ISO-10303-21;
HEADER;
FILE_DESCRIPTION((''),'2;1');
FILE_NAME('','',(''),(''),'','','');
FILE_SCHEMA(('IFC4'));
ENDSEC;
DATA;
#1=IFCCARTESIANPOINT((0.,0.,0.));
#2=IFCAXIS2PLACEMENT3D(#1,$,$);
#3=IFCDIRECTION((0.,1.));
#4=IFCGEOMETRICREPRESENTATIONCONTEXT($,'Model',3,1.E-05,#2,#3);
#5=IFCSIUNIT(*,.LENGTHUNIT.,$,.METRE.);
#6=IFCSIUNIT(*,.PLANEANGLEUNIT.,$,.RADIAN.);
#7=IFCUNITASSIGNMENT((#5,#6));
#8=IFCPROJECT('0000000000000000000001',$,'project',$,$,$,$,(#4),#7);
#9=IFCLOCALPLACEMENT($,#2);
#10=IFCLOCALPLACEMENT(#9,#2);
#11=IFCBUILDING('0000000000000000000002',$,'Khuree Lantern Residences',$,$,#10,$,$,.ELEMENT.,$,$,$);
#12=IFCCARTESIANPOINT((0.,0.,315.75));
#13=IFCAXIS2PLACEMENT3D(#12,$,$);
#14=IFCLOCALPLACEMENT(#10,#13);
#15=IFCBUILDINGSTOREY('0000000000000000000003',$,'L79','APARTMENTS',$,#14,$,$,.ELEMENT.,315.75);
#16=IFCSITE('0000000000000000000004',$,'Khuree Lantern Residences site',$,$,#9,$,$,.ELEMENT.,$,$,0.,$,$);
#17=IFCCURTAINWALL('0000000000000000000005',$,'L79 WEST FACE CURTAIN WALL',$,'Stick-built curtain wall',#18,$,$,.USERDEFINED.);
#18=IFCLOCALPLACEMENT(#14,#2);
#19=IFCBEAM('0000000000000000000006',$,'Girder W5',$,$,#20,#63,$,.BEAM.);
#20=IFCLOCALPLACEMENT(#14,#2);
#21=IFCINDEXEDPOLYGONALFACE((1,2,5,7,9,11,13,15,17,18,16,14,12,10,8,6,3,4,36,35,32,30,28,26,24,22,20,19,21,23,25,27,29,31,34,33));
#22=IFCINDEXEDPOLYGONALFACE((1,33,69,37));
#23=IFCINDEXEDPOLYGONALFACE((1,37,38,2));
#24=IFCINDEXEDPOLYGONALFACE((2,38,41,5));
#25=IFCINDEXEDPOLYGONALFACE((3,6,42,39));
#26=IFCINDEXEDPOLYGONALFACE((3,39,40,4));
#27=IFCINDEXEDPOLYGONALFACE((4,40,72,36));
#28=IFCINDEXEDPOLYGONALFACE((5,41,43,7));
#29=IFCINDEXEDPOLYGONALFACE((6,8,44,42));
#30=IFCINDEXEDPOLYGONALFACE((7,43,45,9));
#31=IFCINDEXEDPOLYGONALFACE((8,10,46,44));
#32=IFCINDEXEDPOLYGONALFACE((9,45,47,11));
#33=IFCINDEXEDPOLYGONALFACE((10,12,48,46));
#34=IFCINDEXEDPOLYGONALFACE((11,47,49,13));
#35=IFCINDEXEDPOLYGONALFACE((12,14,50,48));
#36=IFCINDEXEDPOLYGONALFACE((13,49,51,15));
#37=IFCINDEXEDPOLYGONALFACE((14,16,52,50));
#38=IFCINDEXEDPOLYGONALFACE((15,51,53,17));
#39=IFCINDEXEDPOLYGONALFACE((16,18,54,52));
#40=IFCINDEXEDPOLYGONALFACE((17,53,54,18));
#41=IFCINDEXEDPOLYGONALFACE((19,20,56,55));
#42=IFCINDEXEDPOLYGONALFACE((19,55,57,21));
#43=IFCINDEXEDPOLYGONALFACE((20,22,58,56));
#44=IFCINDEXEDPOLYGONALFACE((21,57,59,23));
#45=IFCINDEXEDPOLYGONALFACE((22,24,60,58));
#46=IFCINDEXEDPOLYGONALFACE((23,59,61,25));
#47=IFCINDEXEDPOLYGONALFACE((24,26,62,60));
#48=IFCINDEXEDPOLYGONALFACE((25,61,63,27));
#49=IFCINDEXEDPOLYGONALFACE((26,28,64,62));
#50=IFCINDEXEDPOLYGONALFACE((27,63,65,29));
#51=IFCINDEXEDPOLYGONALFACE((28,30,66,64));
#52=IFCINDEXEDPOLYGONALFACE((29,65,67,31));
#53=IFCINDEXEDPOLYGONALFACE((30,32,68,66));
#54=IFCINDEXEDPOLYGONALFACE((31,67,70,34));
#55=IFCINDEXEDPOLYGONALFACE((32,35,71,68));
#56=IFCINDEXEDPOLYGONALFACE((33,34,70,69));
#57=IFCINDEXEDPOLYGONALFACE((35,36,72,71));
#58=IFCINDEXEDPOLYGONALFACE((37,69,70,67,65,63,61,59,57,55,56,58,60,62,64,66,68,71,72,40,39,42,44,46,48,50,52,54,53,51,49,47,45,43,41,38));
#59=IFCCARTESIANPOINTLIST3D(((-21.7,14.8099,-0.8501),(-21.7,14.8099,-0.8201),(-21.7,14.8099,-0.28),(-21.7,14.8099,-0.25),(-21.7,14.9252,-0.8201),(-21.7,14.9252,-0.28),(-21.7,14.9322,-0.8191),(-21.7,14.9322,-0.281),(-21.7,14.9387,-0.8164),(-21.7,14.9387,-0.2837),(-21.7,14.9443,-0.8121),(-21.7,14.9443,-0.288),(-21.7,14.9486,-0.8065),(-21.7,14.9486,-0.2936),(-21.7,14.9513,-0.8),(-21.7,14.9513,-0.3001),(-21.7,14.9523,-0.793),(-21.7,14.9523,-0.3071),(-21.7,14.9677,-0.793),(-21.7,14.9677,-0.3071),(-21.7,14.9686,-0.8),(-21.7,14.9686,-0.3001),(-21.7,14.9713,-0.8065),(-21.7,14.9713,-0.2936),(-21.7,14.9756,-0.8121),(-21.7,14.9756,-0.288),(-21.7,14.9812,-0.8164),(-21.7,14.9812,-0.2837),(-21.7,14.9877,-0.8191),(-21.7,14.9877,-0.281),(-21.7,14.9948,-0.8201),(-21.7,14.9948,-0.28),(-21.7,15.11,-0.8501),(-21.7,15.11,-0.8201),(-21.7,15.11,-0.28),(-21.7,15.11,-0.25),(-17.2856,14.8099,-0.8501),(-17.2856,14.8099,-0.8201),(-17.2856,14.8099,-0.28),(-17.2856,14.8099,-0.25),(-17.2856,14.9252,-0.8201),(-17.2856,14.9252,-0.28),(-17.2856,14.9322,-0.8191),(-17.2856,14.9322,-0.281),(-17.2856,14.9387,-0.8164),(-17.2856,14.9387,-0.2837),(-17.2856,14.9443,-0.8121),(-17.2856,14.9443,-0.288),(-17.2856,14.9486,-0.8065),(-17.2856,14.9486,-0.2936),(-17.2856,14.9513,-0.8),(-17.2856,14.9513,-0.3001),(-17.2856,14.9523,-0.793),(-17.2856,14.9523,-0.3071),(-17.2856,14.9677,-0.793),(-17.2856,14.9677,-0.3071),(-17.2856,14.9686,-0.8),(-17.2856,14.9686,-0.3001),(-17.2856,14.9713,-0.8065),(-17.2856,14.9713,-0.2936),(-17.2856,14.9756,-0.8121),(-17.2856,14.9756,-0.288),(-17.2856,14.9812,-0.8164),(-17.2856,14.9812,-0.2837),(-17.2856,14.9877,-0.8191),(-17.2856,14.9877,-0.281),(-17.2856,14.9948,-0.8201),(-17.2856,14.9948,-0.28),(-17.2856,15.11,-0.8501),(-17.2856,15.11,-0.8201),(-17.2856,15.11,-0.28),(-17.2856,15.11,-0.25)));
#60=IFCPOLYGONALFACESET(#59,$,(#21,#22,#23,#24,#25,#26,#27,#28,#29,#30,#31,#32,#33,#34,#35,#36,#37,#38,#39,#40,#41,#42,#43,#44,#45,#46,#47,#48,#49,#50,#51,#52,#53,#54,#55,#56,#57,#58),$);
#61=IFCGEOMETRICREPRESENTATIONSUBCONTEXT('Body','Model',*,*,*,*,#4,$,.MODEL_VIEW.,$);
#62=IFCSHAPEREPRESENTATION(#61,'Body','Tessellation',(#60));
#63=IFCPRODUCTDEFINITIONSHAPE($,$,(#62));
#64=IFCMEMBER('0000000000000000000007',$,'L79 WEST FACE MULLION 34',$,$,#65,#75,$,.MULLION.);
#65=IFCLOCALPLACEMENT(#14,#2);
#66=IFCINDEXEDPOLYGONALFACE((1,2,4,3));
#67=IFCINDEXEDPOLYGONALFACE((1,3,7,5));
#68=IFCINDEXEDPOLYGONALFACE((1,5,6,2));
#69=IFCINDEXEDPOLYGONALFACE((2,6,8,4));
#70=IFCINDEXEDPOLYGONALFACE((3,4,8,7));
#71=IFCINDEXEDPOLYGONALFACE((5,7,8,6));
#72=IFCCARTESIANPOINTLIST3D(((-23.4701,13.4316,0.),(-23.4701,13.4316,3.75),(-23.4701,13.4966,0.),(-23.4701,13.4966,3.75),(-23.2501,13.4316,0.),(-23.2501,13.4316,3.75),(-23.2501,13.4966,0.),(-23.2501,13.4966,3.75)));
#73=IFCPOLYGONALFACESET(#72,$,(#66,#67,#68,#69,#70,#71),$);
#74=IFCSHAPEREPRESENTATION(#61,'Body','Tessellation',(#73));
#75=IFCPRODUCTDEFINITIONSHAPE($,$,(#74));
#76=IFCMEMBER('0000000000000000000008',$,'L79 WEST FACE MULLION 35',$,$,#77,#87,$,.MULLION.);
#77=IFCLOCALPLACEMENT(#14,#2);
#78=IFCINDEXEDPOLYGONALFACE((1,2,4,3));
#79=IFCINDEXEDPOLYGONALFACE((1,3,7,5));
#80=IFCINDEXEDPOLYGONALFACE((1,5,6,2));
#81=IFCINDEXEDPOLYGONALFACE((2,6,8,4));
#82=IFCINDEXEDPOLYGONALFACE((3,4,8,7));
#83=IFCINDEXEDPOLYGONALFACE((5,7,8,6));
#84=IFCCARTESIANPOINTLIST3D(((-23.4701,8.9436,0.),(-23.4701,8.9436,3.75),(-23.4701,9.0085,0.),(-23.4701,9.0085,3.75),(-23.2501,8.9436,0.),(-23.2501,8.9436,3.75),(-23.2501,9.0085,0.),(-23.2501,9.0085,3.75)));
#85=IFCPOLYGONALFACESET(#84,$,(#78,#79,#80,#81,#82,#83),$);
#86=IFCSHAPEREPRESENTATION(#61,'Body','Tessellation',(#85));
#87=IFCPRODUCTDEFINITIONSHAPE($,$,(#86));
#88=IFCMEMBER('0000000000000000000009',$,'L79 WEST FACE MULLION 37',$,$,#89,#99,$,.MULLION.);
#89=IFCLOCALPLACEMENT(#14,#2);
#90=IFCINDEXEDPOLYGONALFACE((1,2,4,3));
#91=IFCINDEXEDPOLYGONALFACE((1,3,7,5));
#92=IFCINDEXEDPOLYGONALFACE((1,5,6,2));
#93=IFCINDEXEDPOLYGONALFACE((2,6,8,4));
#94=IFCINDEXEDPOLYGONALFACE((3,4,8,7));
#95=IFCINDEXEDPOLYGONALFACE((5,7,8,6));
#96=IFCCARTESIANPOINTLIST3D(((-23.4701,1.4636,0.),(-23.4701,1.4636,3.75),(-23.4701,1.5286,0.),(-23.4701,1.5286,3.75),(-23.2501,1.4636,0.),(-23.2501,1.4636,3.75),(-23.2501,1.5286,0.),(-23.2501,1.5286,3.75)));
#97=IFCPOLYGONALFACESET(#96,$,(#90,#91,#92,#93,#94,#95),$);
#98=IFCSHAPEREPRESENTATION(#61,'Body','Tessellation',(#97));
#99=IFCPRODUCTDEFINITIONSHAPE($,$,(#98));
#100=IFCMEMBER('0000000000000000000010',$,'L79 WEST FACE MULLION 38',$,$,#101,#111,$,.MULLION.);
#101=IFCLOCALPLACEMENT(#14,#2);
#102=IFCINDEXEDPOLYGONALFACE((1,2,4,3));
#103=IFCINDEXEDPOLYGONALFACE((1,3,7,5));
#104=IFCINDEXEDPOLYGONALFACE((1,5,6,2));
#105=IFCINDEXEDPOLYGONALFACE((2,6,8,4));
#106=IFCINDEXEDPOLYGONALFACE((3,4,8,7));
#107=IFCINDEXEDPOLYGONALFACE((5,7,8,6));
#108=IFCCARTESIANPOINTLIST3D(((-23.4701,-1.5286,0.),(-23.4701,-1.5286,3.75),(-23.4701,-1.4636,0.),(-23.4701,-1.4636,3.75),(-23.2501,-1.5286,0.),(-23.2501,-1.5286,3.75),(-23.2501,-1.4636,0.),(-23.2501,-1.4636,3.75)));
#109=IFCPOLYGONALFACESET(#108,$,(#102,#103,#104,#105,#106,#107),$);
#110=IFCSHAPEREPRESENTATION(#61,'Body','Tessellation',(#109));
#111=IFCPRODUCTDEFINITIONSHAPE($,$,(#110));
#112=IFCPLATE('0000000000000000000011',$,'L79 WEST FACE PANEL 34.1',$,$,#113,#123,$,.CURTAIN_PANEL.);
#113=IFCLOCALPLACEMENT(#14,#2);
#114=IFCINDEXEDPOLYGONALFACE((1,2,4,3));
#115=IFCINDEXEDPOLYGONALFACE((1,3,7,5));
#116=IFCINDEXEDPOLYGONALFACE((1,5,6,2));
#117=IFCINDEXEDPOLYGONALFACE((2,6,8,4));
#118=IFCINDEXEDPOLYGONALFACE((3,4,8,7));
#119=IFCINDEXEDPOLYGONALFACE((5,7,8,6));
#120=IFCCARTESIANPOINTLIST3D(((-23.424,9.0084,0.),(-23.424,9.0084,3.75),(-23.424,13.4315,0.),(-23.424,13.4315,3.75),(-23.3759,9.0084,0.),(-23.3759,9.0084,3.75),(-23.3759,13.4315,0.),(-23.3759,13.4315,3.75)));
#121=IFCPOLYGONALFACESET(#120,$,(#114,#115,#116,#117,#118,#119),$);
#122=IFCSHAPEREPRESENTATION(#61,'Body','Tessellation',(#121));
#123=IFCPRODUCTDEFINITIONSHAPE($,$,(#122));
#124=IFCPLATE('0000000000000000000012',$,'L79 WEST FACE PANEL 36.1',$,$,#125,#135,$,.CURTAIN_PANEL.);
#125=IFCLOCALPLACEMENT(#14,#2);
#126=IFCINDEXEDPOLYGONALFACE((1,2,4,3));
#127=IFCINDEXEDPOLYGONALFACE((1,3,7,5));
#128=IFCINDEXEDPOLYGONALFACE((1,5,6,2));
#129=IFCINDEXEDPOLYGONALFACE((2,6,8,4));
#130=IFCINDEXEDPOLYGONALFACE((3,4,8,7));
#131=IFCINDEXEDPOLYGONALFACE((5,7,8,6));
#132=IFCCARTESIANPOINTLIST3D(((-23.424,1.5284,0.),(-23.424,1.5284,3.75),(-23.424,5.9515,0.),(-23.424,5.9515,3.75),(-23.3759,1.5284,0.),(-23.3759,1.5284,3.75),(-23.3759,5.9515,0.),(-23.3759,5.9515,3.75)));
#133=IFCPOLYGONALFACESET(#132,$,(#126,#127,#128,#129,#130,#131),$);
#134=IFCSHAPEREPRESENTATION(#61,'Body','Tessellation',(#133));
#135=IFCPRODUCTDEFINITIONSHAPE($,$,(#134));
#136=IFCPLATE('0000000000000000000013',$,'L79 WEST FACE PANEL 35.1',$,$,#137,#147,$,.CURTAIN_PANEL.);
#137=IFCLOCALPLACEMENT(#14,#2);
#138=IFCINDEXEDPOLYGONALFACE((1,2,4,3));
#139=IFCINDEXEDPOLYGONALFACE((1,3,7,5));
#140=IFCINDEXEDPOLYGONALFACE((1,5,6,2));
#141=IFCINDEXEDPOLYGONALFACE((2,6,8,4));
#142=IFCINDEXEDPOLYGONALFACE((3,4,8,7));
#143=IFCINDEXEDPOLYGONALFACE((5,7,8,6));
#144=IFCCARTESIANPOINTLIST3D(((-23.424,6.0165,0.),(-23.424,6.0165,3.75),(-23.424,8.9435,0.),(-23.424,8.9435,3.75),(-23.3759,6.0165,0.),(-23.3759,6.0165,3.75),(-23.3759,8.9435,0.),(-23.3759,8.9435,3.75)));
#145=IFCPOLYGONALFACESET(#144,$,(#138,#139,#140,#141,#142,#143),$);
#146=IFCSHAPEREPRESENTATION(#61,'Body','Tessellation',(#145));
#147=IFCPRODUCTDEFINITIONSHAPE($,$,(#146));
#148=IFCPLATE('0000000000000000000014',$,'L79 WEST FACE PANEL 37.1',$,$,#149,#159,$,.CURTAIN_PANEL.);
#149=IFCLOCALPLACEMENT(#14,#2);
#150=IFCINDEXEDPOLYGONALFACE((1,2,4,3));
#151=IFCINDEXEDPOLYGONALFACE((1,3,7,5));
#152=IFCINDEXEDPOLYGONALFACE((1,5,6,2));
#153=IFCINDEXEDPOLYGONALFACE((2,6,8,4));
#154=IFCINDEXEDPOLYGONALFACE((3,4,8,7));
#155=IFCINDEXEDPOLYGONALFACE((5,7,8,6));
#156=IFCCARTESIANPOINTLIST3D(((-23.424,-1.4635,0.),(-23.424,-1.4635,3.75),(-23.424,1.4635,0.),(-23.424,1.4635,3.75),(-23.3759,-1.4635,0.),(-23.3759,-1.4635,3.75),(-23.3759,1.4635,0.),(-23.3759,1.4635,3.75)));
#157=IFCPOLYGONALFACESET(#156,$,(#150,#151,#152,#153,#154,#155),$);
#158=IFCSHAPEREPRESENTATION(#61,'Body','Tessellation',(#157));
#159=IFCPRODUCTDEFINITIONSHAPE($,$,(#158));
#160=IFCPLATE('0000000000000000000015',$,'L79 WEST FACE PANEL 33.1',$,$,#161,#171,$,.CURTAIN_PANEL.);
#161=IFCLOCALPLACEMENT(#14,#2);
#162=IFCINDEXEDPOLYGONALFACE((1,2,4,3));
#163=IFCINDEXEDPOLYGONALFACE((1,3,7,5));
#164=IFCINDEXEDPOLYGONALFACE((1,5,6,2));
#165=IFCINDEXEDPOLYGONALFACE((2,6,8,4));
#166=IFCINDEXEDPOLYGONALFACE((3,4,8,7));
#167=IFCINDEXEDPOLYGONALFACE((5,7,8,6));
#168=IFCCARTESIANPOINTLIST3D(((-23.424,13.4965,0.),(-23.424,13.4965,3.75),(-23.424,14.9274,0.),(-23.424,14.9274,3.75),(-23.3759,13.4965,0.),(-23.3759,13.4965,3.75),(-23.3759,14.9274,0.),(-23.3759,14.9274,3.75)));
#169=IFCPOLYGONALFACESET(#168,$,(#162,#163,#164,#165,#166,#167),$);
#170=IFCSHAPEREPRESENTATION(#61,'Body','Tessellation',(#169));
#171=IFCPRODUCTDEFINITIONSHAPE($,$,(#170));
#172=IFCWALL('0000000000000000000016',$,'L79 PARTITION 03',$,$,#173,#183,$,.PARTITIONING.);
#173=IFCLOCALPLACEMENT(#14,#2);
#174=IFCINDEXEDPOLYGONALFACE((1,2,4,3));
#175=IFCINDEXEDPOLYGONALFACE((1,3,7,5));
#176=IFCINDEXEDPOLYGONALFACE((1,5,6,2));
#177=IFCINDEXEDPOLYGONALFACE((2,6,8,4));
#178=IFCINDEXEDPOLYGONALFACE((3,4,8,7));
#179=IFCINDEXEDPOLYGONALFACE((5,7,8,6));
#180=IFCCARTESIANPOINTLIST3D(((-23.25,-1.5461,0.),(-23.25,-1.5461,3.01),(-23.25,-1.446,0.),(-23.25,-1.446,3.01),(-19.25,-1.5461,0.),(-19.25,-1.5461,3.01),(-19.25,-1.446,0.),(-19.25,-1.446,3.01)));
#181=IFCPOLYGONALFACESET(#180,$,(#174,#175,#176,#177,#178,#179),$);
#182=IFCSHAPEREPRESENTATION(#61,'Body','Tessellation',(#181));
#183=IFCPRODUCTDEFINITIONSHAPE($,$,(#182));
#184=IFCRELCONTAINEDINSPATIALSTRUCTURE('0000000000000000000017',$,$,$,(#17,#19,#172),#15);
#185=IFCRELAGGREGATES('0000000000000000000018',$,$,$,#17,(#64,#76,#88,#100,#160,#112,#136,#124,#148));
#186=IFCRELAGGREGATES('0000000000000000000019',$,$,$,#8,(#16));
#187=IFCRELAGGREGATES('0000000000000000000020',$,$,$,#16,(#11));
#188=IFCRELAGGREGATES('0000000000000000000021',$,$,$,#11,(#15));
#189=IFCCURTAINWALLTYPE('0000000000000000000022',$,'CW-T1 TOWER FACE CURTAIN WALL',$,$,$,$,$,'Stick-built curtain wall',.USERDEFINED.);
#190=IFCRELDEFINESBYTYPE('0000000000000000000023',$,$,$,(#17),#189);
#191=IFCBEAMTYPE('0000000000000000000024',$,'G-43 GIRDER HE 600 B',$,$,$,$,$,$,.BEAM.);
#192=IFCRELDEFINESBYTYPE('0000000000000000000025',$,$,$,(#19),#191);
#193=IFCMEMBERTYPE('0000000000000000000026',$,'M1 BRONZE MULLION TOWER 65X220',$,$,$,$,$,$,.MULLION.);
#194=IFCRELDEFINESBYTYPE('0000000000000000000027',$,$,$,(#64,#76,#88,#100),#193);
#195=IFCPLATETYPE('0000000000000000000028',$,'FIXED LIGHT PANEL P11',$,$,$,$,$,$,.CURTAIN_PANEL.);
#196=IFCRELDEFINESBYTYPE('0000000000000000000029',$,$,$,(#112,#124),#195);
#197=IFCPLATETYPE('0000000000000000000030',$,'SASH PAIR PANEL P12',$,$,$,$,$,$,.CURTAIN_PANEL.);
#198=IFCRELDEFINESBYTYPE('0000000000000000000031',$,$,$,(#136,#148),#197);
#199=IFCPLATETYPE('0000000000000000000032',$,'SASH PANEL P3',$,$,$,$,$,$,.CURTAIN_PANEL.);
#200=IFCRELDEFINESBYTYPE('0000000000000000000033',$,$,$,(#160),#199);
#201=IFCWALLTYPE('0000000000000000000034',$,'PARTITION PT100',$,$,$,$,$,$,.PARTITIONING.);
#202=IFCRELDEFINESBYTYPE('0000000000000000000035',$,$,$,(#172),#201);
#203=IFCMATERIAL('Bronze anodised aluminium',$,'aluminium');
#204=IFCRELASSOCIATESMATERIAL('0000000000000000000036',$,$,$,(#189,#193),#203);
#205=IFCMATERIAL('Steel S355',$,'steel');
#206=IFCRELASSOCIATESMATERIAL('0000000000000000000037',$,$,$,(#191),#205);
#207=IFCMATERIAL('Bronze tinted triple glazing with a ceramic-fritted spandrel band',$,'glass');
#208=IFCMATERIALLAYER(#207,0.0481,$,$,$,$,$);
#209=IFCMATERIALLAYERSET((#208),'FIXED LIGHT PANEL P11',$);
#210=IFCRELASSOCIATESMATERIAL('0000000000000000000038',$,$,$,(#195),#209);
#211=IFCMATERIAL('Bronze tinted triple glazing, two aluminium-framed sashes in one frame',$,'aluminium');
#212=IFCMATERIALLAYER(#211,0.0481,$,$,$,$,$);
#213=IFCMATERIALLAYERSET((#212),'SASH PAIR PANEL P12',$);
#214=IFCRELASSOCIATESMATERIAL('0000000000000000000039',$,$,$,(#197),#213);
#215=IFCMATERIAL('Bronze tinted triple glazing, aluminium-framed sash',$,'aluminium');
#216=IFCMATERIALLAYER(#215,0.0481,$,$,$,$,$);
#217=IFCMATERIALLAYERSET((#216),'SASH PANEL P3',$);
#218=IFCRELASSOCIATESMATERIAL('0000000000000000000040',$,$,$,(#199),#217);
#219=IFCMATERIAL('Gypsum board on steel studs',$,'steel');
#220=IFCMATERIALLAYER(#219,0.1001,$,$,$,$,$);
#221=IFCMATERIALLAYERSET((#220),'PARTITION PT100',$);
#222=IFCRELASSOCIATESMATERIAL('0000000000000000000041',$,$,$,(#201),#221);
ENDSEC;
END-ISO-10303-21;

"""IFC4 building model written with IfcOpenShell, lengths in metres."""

from ifc_helpers import new_model, si_unit, direction, frame, frame_2d, origin, origin_2d, place, context, subcontext, project, spatial, rectangle, i_section, extrude, material, layer, layer_set, material_profile, profile_set, type_object, element, aggregate, save


model = new_model("IFC4")

# Units and contexts
model_context = context("Model", 3, precision=1e-05, world=origin(), true_north=direction((0.0, 1.0)))
body_context = subcontext(model_context, "Body", "Model", "MODEL_VIEW")
ifc_project = project(units=[si_unit("LENGTHUNIT", "METRE"), si_unit("PLANEANGLEUNIT", "RADIAN")], contexts=[model_context])

# Site, building, storey
site_placement = place(None, origin())
site = spatial("IfcSite", under=ifc_project, at=site_placement, Name="Khuree Lantern Residences site", CompositionType="ELEMENT", RefElevation=0.0)
building_placement = place(site_placement, origin())
building = spatial("IfcBuilding", under=site, at=building_placement, Name="Khuree Lantern Residences", CompositionType="ELEMENT")
storey_placement = place(building_placement, frame((0.0, 0.0, 315.75)))
storey = spatial("IfcBuildingStorey", under=building, at=storey_placement, Name="L79", Description="APARTMENTS", CompositionType="ELEMENT", Elevation=315.75)

# Shared definitions
ifc_material_1 = material(Name="Steel S355", Category="steel")

# Curtain wall
ifc_material_2 = material(Name="Bronze anodised aluminium", Category="aluminium")
curtain_wall_type = type_object("IfcCurtainWallType", Name="CW-T1 TOWER FACE CURTAIN WALL", ElementType="Stick-built curtain wall", PredefinedType="USERDEFINED", material=ifc_material_2)
curtain_wall_placement = place(storey_placement, origin())
curtain_wall = element("IfcCurtainWall", 1, at=curtain_wall_placement, inside=storey, type_object=curtain_wall_type, Name="L79 WEST FACE CURTAIN WALL", ObjectType="Stick-built curtain wall", PredefinedType="USERDEFINED")

# Beam
ifc_material_profile_1 = material_profile(ifc_material_1, i_section(OverallWidth=0.3, OverallDepth=0.6001, WebThickness=0.0154, FlangeThickness=0.03, FilletRadius=0.0271, at=origin_2d()), Name="HE 600 B")
ifc_profile_set_1 = profile_set([ifc_material_profile_1], Name="Steel S355")
beam_type_1 = type_object("IfcBeamType", Name="G-43 GIRDER HE 600 B", PredefinedType="BEAM", material=ifc_profile_set_1)
beam_placement = place(storey_placement, frame((-21.7, 14.96, -0.55), z_axis=(1.0, 0.0, 0.0), x_axis=(0.0, 1.0, 0.0)))
element("IfcBeam", 2, at=beam_placement, inside=storey, type_object=beam_type_1, Name="Girder W5", PredefinedType="BEAM", context=body_context, shape_type="SweptSolid", body=[
    extrude(i_section(OverallWidth=0.3, OverallDepth=0.6001, WebThickness=0.0154, FlangeThickness=0.03, FilletRadius=0.0271, at=origin_2d()), origin(), (0.0, 0.0, 1.0), 4.4143),
])

# Members
ifc_material_profile_2 = material_profile(ifc_material_2, rectangle(XDim=0.0649, YDim=0.22, at=origin_2d()), Name="M1 65X220")
ifc_profile_set_2 = profile_set([ifc_material_profile_2], Name="Bronze anodised aluminium")
member_type_1 = type_object("IfcMemberType", Name="M1 BRONZE MULLION TOWER 65X220", PredefinedType="MULLION", material=ifc_profile_set_2)
member_1_placement = place(storey_placement, frame((-23.3601, 13.4641, 0.0), z_axis=(0.0, 0.0, 1.0), x_axis=(0.0, -1.0, 0.0)))
member_1 = element("IfcMember", 3, at=member_1_placement, type_object=member_type_1, Name="L79 WEST FACE MULLION 34", PredefinedType="MULLION", context=body_context, shape_type="SweptSolid", body=[
    extrude(rectangle(XDim=0.0649, YDim=0.22, at=origin_2d()), origin(), (0.0, 0.0, 1.0), 3.75),
])
member_2_placement = place(storey_placement, frame((-23.3601, 8.9761, 0.0), z_axis=(0.0, 0.0, 1.0), x_axis=(0.0, -1.0, 0.0)))
member_2 = element("IfcMember", 4, at=member_2_placement, type_object=member_type_1, Name="L79 WEST FACE MULLION 35", PredefinedType="MULLION", context=body_context, shape_type="SweptSolid", body=[
    extrude(rectangle(XDim=0.0649, YDim=0.22, at=origin_2d()), origin(), (0.0, 0.0, 1.0), 3.75),
])
member_3_placement = place(storey_placement, frame((-23.3601, 1.4961, 0.0), z_axis=(0.0, 0.0, 1.0), x_axis=(0.0, -1.0, 0.0)))
member_3 = element("IfcMember", 5, at=member_3_placement, type_object=member_type_1, Name="L79 WEST FACE MULLION 37", PredefinedType="MULLION", context=body_context, shape_type="SweptSolid", body=[
    extrude(rectangle(XDim=0.0649, YDim=0.22, at=origin_2d()), origin(), (0.0, 0.0, 1.0), 3.75),
])
member_4_placement = place(storey_placement, frame((-23.3601, -1.4961, 0.0), z_axis=(0.0, 0.0, 1.0), x_axis=(0.0, -1.0, 0.0)))
member_4 = element("IfcMember", 6, at=member_4_placement, type_object=member_type_1, Name="L79 WEST FACE MULLION 38", PredefinedType="MULLION", context=body_context, shape_type="SweptSolid", body=[
    extrude(rectangle(XDim=0.0649, YDim=0.22, at=origin_2d()), origin(), (0.0, 0.0, 1.0), 3.75),
])

# Plates
ifc_material_3 = material(Name="Bronze tinted triple glazing with a ceramic-fritted spandrel band", Category="glass")
ifc_layer_1 = layer(ifc_material_3, 0.0481)
ifc_layer_set_1 = layer_set([ifc_layer_1], Name="FIXED LIGHT PANEL P11")
plate_type_1 = type_object("IfcPlateType", Name="FIXED LIGHT PANEL P11", PredefinedType="CURTAIN_PANEL", material=ifc_layer_set_1)
plate_1_placement = place(storey_placement, frame((-23.3999, 11.22, 0.0), z_axis=(0.0, 0.0, 1.0), x_axis=(0.0, -1.0, 0.0)))
plate_1 = element("IfcPlate", 7, at=plate_1_placement, type_object=plate_type_1, Name="L79 WEST FACE PANEL 34.1", PredefinedType="CURTAIN_PANEL", context=body_context, shape_type="SweptSolid", body=[
    extrude(rectangle(XDim=4.4231, YDim=0.0481, at=origin_2d()), origin(), (0.0, 0.0, 1.0), 3.75),
])
plate_2_placement = place(storey_placement, frame((-23.3999, 3.74, 0.0), z_axis=(0.0, 0.0, 1.0), x_axis=(0.0, -1.0, 0.0)))
plate_2 = element("IfcPlate", 8, at=plate_2_placement, type_object=plate_type_1, Name="L79 WEST FACE PANEL 36.1", PredefinedType="CURTAIN_PANEL", context=body_context, shape_type="SweptSolid", body=[
    extrude(rectangle(XDim=4.4231, YDim=0.0481, at=origin_2d()), origin(), (0.0, 0.0, 1.0), 3.75),
])
ifc_material_4 = material(Name="Bronze tinted triple glazing, two aluminium-framed sashes in one frame", Category="aluminium")
ifc_layer_2 = layer(ifc_material_4, 0.0481)
ifc_layer_set_2 = layer_set([ifc_layer_2], Name="SASH PAIR PANEL P12")
plate_type_2 = type_object("IfcPlateType", Name="SASH PAIR PANEL P12", PredefinedType="CURTAIN_PANEL", material=ifc_layer_set_2)
plate_3_placement = place(storey_placement, frame((-23.3999, 7.48, 0.0), z_axis=(0.0, 0.0, 1.0), x_axis=(0.0, -1.0, 0.0)))
plate_3 = element("IfcPlate", 9, at=plate_3_placement, type_object=plate_type_2, Name="L79 WEST FACE PANEL 35.1", PredefinedType="CURTAIN_PANEL", context=body_context, shape_type="SweptSolid", body=[
    extrude(rectangle(XDim=2.927, YDim=0.0481, at=origin_2d()), origin(), (0.0, 0.0, 1.0), 3.75),
])
plate_4_placement = place(storey_placement, frame((-23.3999, 0.0, 0.0), z_axis=(0.0, 0.0, 1.0), x_axis=(0.0, -1.0, 0.0)))
plate_4 = element("IfcPlate", 10, at=plate_4_placement, type_object=plate_type_2, Name="L79 WEST FACE PANEL 37.1", PredefinedType="CURTAIN_PANEL", context=body_context, shape_type="SweptSolid", body=[
    extrude(rectangle(XDim=2.927, YDim=0.0481, at=origin_2d()), origin(), (0.0, 0.0, 1.0), 3.75),
])
ifc_material_5 = material(Name="Bronze tinted triple glazing, aluminium-framed sash", Category="aluminium")
ifc_layer_3 = layer(ifc_material_5, 0.0481)
ifc_layer_set_3 = layer_set([ifc_layer_3], Name="SASH PANEL P3")
plate_type_3 = type_object("IfcPlateType", Name="SASH PANEL P3", PredefinedType="CURTAIN_PANEL", material=ifc_layer_set_3)
plate_5_placement = place(storey_placement, frame((-23.3999, 14.2119, 0.0), z_axis=(0.0, 0.0, 1.0), x_axis=(0.0, -1.0, 0.0)))
plate_5 = element("IfcPlate", 11, at=plate_5_placement, type_object=plate_type_3, Name="L79 WEST FACE PANEL 33.1", PredefinedType="CURTAIN_PANEL", context=body_context, shape_type="SweptSolid", body=[
    extrude(rectangle(XDim=1.4309, YDim=0.0481, at=origin_2d()), origin(), (0.0, 0.0, 1.0), 3.75),
])
aggregate(curtain_wall, [member_1, member_2, member_3, member_4, plate_5, plate_1, plate_3, plate_2, plate_4])

# Wall
ifc_material_6 = material(Name="Gypsum board on steel studs", Category="steel")
ifc_layer_4 = layer(ifc_material_6, 0.1001)
ifc_layer_set_4 = layer_set([ifc_layer_4], Name="PARTITION PT100")
wall_type = type_object("IfcWallType", Name="PARTITION PT100", PredefinedType="PARTITIONING", material=ifc_layer_set_4)
wall_placement = place(storey_placement, frame((-19.25, -1.4961, 0.0), z_axis=(0.0, 0.0, 1.0), x_axis=(-1.0, 0.0, 0.0)))
element("IfcWall", 12, at=wall_placement, inside=storey, type_object=wall_type, Name="L79 PARTITION 03", PredefinedType="PARTITIONING", context=body_context, shape_type="SweptSolid", body=[
    extrude(rectangle(XDim=4.0, YDim=0.1001, at=frame_2d((2.0, 0.0))), origin(), (0.0, 0.0, 1.0), 3.01),
])

save(model, "model.ifc")
